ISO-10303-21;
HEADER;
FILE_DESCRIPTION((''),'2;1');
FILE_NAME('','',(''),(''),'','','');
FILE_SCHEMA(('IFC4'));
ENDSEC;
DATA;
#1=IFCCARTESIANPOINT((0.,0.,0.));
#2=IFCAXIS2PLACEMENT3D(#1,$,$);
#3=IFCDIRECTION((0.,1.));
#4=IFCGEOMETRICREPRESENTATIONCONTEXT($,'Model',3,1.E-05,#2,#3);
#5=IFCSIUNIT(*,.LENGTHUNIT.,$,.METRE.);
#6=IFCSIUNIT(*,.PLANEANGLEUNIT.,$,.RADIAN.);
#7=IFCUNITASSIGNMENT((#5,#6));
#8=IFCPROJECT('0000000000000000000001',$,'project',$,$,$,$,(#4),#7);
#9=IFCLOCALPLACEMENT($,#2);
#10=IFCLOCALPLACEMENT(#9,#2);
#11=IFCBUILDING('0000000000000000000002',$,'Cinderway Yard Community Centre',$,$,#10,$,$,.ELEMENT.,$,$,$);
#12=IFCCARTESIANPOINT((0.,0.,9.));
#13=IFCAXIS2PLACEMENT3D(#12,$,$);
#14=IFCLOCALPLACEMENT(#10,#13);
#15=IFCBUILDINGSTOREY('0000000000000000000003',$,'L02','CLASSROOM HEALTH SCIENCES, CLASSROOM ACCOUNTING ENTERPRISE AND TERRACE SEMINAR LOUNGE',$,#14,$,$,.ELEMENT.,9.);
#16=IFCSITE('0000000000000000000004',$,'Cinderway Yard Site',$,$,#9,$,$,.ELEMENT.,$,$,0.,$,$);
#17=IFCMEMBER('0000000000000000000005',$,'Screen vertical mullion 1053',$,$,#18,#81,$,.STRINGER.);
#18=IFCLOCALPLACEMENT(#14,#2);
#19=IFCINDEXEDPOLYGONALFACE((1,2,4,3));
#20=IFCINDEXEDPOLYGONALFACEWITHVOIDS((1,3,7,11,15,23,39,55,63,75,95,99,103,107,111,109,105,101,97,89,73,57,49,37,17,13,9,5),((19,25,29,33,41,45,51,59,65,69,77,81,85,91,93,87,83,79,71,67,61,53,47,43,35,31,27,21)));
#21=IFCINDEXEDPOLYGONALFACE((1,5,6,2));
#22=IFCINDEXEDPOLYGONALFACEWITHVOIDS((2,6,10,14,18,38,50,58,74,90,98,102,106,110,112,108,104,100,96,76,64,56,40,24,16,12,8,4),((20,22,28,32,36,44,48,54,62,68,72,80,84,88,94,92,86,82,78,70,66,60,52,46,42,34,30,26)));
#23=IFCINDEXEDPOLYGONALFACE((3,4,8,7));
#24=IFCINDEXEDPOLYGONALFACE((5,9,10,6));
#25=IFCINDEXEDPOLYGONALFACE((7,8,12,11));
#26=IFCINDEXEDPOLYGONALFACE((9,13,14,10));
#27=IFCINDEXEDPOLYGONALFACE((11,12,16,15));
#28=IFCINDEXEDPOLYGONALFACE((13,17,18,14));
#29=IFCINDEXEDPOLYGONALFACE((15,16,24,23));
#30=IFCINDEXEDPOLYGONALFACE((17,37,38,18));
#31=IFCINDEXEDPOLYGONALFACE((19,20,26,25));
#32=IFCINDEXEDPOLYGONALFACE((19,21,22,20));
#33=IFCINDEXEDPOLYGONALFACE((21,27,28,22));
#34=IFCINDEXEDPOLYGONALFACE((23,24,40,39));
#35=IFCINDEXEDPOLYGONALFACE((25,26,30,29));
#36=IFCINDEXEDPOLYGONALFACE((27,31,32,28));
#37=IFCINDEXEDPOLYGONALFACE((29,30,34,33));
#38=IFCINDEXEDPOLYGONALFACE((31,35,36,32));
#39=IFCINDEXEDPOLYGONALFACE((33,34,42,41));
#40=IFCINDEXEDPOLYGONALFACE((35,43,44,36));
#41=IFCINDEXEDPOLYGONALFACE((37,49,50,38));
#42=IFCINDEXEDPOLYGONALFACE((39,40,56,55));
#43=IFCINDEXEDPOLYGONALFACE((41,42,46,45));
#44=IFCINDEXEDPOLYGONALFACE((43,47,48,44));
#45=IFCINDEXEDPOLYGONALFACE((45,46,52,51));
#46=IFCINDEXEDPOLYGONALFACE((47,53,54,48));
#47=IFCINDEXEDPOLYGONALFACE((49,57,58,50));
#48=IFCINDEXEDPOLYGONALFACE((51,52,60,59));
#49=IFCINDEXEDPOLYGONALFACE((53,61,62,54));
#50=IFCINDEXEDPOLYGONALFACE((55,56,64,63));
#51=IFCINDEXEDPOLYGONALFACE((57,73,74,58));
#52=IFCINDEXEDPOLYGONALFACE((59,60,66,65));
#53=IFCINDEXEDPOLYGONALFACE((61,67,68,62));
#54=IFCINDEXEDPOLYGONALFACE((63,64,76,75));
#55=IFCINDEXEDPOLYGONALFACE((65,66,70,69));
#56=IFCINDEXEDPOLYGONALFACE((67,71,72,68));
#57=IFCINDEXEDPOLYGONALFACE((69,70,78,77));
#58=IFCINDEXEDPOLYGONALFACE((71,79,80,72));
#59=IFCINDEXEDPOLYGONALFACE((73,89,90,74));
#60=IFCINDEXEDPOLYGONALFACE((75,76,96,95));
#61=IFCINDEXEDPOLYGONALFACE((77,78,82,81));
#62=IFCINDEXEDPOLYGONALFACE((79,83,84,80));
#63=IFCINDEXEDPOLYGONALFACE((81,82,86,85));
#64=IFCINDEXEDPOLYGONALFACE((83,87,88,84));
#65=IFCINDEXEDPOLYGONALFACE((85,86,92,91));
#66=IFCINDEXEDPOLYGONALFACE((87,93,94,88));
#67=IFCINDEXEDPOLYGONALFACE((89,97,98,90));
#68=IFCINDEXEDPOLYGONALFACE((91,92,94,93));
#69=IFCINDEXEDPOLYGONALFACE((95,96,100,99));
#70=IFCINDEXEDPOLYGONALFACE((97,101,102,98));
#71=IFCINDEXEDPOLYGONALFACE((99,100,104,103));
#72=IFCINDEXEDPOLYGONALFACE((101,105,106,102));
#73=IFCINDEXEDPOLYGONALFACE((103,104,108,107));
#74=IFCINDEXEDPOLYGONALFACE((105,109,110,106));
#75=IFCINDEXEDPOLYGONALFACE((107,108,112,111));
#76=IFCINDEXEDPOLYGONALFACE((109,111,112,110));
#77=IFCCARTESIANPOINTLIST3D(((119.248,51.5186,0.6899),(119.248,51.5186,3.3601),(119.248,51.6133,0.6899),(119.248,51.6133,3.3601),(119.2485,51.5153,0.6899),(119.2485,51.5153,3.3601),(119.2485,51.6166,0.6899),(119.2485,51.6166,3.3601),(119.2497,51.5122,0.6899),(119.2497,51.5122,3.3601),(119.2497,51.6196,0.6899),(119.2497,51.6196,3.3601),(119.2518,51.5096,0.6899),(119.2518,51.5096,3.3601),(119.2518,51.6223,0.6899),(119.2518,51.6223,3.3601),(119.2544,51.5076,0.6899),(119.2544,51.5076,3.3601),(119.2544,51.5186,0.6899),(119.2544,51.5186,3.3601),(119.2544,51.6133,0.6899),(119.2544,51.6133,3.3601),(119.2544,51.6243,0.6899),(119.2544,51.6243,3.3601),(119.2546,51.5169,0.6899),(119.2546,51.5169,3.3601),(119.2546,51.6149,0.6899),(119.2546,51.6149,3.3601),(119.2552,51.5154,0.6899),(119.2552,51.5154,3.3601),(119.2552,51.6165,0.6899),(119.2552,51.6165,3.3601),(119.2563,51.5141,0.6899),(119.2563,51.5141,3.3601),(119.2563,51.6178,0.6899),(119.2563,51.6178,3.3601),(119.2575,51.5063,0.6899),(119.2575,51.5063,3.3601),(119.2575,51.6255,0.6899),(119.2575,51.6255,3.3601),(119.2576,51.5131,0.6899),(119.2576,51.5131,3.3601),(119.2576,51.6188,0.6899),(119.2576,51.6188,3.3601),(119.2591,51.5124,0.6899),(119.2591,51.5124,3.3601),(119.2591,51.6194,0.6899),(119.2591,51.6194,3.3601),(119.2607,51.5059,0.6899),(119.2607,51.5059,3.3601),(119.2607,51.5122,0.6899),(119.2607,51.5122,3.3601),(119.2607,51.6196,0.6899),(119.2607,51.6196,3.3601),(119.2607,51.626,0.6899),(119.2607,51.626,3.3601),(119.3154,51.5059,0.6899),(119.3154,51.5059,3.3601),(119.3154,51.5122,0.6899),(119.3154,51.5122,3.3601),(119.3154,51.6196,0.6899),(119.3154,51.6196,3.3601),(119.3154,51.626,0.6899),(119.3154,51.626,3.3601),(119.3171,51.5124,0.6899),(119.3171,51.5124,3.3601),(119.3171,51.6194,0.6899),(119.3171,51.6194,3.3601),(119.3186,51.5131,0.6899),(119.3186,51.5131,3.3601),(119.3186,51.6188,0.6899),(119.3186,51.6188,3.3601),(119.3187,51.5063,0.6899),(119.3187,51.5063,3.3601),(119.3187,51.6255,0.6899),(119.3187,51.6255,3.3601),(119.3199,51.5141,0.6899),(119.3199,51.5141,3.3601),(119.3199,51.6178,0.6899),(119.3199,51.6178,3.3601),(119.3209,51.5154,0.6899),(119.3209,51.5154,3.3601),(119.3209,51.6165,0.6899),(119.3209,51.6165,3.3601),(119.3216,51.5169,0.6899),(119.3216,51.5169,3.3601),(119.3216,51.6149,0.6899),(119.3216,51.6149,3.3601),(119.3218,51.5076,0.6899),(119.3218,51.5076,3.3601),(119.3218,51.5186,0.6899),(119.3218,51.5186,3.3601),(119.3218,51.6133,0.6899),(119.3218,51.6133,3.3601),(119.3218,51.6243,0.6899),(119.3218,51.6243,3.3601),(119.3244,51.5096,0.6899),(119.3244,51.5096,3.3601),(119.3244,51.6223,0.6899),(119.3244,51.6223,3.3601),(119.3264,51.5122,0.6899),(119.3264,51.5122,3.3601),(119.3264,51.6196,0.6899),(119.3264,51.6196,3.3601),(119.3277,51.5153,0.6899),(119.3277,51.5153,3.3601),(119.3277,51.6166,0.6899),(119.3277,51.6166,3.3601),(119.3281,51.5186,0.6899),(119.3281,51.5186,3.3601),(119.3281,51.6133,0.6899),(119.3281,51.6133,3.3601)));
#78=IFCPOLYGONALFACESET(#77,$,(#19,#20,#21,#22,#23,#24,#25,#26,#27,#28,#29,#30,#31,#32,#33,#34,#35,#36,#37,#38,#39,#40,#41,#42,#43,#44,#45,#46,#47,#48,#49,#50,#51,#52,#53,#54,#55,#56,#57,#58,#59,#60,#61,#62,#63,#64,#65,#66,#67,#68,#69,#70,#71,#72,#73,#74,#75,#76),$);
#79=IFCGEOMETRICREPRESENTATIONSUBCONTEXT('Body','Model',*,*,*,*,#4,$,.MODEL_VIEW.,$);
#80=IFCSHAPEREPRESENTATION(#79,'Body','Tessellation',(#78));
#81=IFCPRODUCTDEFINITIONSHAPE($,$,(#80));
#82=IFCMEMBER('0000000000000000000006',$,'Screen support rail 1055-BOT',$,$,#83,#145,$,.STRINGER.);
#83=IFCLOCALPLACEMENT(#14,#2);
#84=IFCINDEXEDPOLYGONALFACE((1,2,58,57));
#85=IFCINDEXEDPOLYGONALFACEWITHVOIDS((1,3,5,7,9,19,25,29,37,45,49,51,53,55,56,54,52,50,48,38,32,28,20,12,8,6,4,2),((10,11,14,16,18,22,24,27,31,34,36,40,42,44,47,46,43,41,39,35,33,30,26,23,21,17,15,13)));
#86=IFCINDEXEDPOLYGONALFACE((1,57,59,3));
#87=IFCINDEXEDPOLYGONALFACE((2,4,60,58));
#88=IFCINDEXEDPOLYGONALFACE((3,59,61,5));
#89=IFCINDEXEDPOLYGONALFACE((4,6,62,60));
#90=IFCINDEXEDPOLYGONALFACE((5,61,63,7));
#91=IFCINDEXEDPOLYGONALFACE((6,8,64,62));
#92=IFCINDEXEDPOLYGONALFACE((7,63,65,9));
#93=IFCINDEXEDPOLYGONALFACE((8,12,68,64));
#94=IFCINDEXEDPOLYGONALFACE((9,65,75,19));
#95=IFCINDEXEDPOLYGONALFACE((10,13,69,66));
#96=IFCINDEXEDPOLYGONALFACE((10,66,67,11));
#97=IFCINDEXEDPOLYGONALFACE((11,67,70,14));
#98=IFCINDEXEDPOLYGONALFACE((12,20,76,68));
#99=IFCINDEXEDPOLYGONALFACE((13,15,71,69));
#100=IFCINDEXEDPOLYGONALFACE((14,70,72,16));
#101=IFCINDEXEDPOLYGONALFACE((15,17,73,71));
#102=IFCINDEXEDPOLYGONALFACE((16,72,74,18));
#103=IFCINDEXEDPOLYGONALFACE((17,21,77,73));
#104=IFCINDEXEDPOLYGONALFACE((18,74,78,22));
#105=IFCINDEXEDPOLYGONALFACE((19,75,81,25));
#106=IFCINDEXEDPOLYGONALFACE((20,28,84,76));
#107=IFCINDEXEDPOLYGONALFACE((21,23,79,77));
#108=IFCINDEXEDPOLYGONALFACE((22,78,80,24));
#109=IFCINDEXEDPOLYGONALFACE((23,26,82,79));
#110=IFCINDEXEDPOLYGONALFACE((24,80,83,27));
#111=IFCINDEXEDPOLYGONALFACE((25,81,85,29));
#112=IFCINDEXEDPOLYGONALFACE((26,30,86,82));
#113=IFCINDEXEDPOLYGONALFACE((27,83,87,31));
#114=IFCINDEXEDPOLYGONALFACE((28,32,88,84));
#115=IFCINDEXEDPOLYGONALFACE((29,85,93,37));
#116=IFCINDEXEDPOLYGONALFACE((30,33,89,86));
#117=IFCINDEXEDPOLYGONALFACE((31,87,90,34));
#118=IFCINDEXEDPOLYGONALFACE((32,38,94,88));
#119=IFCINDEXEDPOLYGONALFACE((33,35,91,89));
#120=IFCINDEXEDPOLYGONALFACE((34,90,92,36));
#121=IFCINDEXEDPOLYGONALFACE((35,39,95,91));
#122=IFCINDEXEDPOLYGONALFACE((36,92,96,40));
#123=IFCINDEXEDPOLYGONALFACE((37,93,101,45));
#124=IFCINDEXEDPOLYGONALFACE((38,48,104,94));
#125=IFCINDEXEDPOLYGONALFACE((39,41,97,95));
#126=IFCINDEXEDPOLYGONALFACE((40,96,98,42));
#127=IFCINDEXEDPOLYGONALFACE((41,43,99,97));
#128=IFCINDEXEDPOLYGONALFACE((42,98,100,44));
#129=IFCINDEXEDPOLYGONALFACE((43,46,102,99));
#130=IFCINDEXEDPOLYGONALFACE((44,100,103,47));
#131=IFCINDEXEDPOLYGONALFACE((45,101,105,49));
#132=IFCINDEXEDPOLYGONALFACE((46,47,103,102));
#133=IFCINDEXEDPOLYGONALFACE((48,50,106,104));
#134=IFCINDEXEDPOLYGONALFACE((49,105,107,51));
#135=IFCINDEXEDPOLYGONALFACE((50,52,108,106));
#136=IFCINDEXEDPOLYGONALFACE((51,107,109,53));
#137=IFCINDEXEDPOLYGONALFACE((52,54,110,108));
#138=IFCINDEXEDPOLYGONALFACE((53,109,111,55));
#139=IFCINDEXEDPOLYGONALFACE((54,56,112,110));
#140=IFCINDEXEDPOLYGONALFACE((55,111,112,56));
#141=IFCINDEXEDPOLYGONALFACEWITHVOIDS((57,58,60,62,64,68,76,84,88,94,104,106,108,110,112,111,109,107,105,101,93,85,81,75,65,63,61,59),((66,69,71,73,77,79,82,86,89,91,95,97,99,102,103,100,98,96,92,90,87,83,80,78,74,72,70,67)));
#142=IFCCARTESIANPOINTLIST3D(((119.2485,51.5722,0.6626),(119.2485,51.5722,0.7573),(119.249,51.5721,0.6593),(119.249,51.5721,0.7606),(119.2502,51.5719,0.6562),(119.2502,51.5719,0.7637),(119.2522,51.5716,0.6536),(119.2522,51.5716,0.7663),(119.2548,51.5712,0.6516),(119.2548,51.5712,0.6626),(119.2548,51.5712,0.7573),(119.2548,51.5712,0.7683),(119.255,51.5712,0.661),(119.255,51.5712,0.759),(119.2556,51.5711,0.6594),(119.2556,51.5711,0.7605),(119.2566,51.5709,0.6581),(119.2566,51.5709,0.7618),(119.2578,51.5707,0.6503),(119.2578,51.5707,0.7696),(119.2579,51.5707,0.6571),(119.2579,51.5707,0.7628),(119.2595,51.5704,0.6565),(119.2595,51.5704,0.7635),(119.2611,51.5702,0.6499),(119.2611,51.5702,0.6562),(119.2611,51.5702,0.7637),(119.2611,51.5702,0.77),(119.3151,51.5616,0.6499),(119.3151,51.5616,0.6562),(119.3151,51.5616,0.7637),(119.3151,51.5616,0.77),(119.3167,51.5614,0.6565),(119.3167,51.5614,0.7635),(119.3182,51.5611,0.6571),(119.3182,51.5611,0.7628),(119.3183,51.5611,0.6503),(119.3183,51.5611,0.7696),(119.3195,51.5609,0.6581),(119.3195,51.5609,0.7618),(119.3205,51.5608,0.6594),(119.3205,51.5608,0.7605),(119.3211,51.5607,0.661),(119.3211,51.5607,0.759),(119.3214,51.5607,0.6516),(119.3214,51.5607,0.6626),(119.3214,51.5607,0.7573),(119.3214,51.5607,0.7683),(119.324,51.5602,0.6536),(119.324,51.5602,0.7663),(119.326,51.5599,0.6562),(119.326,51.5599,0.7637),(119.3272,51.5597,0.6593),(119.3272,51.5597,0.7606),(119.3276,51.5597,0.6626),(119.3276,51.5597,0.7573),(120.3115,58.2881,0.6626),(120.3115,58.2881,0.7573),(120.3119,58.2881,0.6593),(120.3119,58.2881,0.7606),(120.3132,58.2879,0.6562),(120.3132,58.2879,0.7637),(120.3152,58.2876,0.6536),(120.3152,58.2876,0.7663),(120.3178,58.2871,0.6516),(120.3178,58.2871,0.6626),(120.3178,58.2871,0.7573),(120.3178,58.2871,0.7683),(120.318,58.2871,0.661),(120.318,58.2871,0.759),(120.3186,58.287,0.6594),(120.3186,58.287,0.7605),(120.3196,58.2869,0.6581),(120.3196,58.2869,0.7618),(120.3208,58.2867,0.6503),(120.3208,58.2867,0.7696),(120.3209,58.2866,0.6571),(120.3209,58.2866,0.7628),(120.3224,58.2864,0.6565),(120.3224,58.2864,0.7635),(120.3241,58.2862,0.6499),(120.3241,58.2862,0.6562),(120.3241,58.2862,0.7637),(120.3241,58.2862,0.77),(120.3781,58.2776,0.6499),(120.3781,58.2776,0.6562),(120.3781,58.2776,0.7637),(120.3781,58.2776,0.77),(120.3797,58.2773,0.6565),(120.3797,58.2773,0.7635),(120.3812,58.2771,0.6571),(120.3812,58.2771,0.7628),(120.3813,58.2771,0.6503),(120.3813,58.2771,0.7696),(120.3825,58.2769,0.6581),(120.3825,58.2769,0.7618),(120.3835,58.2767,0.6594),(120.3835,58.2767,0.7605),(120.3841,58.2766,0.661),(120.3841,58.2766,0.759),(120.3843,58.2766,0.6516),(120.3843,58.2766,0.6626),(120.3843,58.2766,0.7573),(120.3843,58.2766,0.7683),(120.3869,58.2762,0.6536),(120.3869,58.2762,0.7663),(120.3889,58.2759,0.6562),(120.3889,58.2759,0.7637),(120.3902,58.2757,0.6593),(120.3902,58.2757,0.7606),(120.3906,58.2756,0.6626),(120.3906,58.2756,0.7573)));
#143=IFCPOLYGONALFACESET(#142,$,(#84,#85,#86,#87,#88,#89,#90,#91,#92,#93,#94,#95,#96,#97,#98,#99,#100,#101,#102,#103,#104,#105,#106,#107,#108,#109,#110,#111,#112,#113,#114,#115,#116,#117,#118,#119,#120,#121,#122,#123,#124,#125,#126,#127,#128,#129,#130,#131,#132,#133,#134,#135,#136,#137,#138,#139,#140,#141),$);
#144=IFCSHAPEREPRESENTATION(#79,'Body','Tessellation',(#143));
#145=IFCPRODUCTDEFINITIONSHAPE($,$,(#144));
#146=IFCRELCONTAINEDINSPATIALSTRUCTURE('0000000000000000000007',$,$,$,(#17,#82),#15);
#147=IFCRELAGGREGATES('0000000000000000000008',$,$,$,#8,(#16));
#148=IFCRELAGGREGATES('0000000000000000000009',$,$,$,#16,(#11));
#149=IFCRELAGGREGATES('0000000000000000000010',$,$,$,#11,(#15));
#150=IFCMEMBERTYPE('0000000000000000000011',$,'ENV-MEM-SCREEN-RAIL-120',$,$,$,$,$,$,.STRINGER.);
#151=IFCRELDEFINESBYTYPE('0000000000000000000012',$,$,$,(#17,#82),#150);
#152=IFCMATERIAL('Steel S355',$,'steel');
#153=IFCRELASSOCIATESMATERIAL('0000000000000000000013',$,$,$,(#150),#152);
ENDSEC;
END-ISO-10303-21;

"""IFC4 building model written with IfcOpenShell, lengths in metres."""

from ifc_helpers import new_model, si_unit, direction, frame, origin, origin_2d, place, context, subcontext, project, spatial, hollow_rectangle, extrude, material, material_profile, profile_set, type_object, element, save


model = new_model("IFC4")

# Units and contexts
model_context = context("Model", 3, precision=1e-05, world=origin(), true_north=direction((0.0, 1.0)))
body_context = subcontext(model_context, "Body", "Model", "MODEL_VIEW")
ifc_project = project(units=[si_unit("LENGTHUNIT", "METRE"), si_unit("PLANEANGLEUNIT", "RADIAN")], contexts=[model_context])

# Site, building, storey
site_placement = place(None, origin())
site = spatial("IfcSite", under=ifc_project, at=site_placement, Name="Cinderway Yard Site", CompositionType="ELEMENT", RefElevation=0.0)
building_placement = place(site_placement, origin())
building = spatial("IfcBuilding", under=site, at=building_placement, Name="Cinderway Yard Community Centre", CompositionType="ELEMENT")
storey_placement = place(building_placement, frame((0.0, 0.0, 9.0)))
storey = spatial("IfcBuildingStorey", under=building, at=storey_placement, Name="L02", Description="CLASSROOM HEALTH SCIENCES, CLASSROOM ACCOUNTING ENTERPRISE AND TERRACE SEMINAR LOUNGE", CompositionType="ELEMENT", Elevation=9.0)

# Members
ifc_material_1 = material(Name="Steel S355", Category="steel")
ifc_material_profile_1 = material_profile(ifc_material_1, hollow_rectangle(XDim=0.0801, YDim=0.1201, WallThickness=0.0063, InnerFilletRadius=0.0063, OuterFilletRadius=0.0127, at=origin_2d()), Name="Steel S355")
ifc_profile_set_1 = profile_set([ifc_material_profile_1], Name="Steel S355")
member_type_1 = type_object("IfcMemberType", Name="ENV-MEM-SCREEN-RAIL-120", PredefinedType="STRINGER", material=ifc_profile_set_1)
member_1_placement = place(storey_placement, frame((119.2881, 51.5659, 0.6899), z_axis=(0.0, 0.0, 1.0), x_axis=(1.0, 0.0, 0.0)))
element("IfcMember", 1, at=member_1_placement, inside=storey, type_object=member_type_1, Name="Screen vertical mullion 1053", PredefinedType="STRINGER", context=body_context, shape_type="SweptSolid", body=[
    extrude(hollow_rectangle(XDim=0.0801, YDim=0.1201, WallThickness=0.0063, InnerFilletRadius=0.0063, OuterFilletRadius=0.0127, at=origin_2d()), origin(), (0.0, 0.0, 1.0), 2.6702),
])
for number, where, z_axis, x_axis, name in (
    (2, (119.2881, 51.5659, 0.71), (0.156329, 0.987705, 0.0), (-0.987705, 0.156329, 0.0), "Screen support rail 1055-BOT"),
):
    element("IfcMember", number, at=place(storey_placement, frame(where, z_axis=z_axis, x_axis=x_axis)), inside=storey, type_object=member_type_1, Name=name, PredefinedType="STRINGER", context=body_context, shape_type="SweptSolid", body=[
        extrude(hollow_rectangle(XDim=0.0801, YDim=0.1201, WallThickness=0.0063, InnerFilletRadius=0.0063, OuterFilletRadius=0.0127, at=origin_2d()), origin(), (0.0, 0.0, 1.0), 6.7996),
    ])

save(model, "model.ifc")
